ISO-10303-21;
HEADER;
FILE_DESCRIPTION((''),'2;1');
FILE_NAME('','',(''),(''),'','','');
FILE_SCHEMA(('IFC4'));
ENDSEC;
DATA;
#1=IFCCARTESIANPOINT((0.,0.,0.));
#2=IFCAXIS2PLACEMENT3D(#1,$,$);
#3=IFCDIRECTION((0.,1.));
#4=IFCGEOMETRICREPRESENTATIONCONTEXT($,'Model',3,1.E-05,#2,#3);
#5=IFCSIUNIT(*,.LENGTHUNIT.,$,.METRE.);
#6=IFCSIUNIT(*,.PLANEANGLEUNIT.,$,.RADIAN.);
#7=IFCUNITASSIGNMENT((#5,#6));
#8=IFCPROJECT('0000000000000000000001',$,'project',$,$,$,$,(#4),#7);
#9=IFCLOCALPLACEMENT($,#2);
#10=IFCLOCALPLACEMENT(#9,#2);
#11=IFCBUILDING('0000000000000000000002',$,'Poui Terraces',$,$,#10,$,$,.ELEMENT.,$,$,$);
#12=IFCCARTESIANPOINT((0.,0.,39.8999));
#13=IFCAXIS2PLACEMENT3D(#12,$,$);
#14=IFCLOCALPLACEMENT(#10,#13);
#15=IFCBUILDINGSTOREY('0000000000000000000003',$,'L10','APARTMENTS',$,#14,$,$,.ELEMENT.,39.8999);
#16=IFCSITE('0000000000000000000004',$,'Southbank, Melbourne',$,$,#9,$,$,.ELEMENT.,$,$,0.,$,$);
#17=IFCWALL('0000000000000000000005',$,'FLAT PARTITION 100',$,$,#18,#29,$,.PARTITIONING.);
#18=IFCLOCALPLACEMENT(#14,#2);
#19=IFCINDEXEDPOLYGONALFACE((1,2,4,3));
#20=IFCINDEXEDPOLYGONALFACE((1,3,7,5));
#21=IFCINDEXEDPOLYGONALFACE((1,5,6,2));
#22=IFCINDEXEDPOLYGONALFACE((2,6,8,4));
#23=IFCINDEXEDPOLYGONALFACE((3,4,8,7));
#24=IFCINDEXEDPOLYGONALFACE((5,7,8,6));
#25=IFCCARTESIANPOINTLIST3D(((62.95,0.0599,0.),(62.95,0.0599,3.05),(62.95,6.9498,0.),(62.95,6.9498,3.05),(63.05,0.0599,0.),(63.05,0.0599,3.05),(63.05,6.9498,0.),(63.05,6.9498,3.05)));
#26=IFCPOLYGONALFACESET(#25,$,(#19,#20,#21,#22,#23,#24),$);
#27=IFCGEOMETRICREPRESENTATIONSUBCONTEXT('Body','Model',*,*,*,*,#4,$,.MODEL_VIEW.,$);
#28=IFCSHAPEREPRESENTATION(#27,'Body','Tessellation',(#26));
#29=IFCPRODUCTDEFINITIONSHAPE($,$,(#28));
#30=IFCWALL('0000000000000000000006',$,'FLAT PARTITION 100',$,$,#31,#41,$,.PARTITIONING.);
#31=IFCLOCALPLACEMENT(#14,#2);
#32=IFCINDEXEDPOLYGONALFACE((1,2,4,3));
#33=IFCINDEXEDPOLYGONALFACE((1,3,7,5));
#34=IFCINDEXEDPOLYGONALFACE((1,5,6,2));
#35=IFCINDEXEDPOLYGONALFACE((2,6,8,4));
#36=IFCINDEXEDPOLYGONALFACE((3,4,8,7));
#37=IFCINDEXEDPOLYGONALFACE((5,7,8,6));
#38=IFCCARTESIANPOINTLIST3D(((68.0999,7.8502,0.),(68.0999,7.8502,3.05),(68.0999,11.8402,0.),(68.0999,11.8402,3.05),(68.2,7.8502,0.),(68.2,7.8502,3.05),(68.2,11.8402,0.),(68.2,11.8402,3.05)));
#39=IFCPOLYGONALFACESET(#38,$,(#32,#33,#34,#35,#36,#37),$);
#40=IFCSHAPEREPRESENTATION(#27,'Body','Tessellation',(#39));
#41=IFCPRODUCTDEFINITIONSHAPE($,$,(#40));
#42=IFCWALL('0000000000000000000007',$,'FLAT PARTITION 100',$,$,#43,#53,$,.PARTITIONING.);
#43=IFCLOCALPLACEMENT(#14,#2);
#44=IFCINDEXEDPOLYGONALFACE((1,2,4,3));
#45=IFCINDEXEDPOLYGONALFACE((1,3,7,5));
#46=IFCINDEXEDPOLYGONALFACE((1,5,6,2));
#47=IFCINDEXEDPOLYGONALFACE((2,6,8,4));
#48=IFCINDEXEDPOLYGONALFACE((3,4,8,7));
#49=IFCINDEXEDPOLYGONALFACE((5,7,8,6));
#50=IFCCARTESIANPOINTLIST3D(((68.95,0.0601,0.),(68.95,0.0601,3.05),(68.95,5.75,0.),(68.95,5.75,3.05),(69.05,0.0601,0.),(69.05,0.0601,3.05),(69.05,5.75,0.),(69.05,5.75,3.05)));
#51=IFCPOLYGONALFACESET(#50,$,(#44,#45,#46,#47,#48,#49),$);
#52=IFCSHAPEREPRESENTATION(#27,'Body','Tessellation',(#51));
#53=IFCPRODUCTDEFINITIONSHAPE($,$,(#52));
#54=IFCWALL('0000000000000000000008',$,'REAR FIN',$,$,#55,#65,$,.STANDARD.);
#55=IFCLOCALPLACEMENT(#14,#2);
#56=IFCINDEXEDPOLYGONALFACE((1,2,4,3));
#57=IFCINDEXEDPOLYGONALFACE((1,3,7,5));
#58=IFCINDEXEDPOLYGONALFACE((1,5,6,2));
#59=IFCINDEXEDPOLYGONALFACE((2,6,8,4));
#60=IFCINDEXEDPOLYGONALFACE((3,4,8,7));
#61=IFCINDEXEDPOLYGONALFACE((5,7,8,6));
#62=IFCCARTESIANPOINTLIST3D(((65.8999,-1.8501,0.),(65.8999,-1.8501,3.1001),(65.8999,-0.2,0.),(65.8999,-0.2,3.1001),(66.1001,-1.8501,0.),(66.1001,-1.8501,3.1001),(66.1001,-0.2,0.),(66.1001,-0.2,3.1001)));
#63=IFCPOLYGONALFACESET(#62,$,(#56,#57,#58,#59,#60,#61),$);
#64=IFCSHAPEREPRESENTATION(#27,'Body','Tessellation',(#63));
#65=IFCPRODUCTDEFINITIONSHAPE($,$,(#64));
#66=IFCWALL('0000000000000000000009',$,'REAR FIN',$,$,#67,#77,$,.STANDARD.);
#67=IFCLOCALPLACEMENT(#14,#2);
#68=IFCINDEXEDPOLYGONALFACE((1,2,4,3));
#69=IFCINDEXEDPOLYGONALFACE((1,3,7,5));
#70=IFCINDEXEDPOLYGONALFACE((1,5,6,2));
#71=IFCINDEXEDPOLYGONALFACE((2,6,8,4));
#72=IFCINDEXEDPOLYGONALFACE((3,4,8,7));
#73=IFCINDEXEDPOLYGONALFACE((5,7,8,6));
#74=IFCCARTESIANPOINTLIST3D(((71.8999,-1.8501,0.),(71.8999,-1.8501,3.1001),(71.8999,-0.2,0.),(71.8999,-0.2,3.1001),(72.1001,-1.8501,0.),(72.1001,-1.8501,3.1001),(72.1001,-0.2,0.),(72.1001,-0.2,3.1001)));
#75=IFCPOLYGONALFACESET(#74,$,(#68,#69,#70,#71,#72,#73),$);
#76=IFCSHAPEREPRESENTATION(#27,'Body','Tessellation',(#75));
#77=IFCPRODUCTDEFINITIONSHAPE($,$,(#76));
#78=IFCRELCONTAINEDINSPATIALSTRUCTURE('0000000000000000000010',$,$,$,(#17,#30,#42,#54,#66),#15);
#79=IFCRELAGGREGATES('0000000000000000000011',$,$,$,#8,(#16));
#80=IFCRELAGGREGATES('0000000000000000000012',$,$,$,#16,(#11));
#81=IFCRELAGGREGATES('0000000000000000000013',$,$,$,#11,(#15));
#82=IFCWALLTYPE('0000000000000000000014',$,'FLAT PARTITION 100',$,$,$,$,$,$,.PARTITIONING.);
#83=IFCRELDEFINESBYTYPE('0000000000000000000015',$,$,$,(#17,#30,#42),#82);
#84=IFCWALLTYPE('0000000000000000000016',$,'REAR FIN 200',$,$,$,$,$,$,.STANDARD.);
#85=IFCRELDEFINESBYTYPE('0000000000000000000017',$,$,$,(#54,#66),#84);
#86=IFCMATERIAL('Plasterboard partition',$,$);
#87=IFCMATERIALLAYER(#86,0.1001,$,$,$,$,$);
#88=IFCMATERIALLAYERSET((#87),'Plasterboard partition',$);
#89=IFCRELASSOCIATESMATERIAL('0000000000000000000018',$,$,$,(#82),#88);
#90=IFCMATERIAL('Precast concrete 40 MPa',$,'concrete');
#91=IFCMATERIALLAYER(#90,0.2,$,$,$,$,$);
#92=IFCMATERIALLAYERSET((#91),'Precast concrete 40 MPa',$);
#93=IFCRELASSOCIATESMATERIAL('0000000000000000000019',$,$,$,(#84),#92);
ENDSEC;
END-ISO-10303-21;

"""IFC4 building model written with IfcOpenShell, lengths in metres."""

from ifc_helpers import new_model, si_unit, direction, frame, frame_2d, origin, place, context, subcontext, project, spatial, polyline, rectangle, outline, extrude, source, transform, mapped, material, layer, layer_set, type_object, element, save


model = new_model("IFC4")

# Units and contexts
model_context = context("Model", 3, precision=1e-05, world=origin(), true_north=direction((0.0, 1.0)))
body_context = subcontext(model_context, "Body", "Model", "MODEL_VIEW")
ifc_project = project(units=[si_unit("LENGTHUNIT", "METRE"), si_unit("PLANEANGLEUNIT", "RADIAN")], contexts=[model_context])

# Site, building, storey
site_placement = place(None, origin())
site = spatial("IfcSite", under=ifc_project, at=site_placement, Name="Southbank, Melbourne", CompositionType="ELEMENT", RefElevation=0.0)
building_placement = place(site_placement, origin())
building = spatial("IfcBuilding", under=site, at=building_placement, Name="Poui Terraces", CompositionType="ELEMENT")
storey_placement = place(building_placement, frame((0.0, 0.0, 39.8999)))
storey = spatial("IfcBuildingStorey", under=building, at=storey_placement, Name="L10", Description="APARTMENTS", CompositionType="ELEMENT", Elevation=39.8999)

# Shared definitions
ifc_material_1 = material(Name="Plasterboard partition")
ifc_layer_1 = layer(ifc_material_1, 0.1001)
ifc_layer_set_1 = layer_set([ifc_layer_1], Name="Plasterboard partition")
wall_type_1 = type_object("IfcWallType", Name="FLAT PARTITION 100", PredefinedType="PARTITIONING", material=ifc_layer_set_1)

# Walls
wall_1_placement = place(storey_placement, frame((63.0, 0.0601, 0.0), z_axis=(0.0, 0.0, 1.0), x_axis=(0.0, 1.0, 0.0)))
element("IfcWall", 1, at=wall_1_placement, inside=storey, type_object=wall_type_1, Name="FLAT PARTITION 100", PredefinedType="PARTITIONING", context=body_context, shape_type="SweptSolid", body=[
    extrude(rectangle(XDim=6.8899, YDim=0.1001, at=frame_2d((3.4448, 0.0))), origin(), (0.0, 0.0, 1.0), 3.05),
])
wall_2_placement = place(storey_placement, frame((68.1499, 7.8501, 0.0), z_axis=(0.0, 0.0, 1.0), x_axis=(0.0, 1.0, 0.0)))
element("IfcWall", 2, at=wall_2_placement, inside=storey, type_object=wall_type_1, Name="FLAT PARTITION 100", PredefinedType="PARTITIONING", context=body_context, shape_type="SweptSolid", body=[
    extrude(rectangle(XDim=3.99, YDim=0.1001, at=frame_2d((1.9951, 0.0))), origin(), (0.0, 0.0, 1.0), 3.05),
])
wall_3_placement = place(storey_placement, frame((69.0, 0.0601, 0.0), z_axis=(0.0, 0.0, 1.0), x_axis=(0.0, 1.0, 0.0)))
element("IfcWall", 3, at=wall_3_placement, inside=storey, type_object=wall_type_1, Name="FLAT PARTITION 100", PredefinedType="PARTITIONING", context=body_context, shape_type="SweptSolid", body=[
    extrude(rectangle(XDim=5.6899, YDim=0.1001, at=frame_2d((2.845, 0.0))), origin(), (0.0, 0.0, 1.0), 3.05),
])
ifc_material_2 = material(Name="Precast concrete 40 MPa", Category="concrete")
ifc_layer_2 = layer(ifc_material_2, 0.2)
ifc_layer_set_2 = layer_set([ifc_layer_2], Name="Precast concrete 40 MPa")
wall_type_2 = type_object("IfcWallType", Name="REAR FIN 200", PredefinedType="STANDARD", material=ifc_layer_set_2)
shared_shape_1 = source(origin(), body_context, "Body", "SweptSolid", [
    extrude(outline(polyline([(0.0, 0.0), (0.2002, 0.0), (0.2002, 1.6501), (0.0, 1.6501), (0.0, 0.0)])), origin(), (0.0, 0.0, 1.0), 3.1001),
])
for number, where, name in (
    (4, (65.8999, -1.8501, 0.0), "REAR FIN"),
    (5, (71.8999, -1.8501, 0.0), "REAR FIN"),
):
    element("IfcWall", number, at=place(storey_placement, frame(where)), inside=storey, type_object=wall_type_2, Name=name, PredefinedType="STANDARD", context=body_context, shape_type="MappedRepresentation", body=[
        mapped(shared_shape_1, transform((0.0, 0.0, 0.0))),
    ])

save(model, "model.ifc")
